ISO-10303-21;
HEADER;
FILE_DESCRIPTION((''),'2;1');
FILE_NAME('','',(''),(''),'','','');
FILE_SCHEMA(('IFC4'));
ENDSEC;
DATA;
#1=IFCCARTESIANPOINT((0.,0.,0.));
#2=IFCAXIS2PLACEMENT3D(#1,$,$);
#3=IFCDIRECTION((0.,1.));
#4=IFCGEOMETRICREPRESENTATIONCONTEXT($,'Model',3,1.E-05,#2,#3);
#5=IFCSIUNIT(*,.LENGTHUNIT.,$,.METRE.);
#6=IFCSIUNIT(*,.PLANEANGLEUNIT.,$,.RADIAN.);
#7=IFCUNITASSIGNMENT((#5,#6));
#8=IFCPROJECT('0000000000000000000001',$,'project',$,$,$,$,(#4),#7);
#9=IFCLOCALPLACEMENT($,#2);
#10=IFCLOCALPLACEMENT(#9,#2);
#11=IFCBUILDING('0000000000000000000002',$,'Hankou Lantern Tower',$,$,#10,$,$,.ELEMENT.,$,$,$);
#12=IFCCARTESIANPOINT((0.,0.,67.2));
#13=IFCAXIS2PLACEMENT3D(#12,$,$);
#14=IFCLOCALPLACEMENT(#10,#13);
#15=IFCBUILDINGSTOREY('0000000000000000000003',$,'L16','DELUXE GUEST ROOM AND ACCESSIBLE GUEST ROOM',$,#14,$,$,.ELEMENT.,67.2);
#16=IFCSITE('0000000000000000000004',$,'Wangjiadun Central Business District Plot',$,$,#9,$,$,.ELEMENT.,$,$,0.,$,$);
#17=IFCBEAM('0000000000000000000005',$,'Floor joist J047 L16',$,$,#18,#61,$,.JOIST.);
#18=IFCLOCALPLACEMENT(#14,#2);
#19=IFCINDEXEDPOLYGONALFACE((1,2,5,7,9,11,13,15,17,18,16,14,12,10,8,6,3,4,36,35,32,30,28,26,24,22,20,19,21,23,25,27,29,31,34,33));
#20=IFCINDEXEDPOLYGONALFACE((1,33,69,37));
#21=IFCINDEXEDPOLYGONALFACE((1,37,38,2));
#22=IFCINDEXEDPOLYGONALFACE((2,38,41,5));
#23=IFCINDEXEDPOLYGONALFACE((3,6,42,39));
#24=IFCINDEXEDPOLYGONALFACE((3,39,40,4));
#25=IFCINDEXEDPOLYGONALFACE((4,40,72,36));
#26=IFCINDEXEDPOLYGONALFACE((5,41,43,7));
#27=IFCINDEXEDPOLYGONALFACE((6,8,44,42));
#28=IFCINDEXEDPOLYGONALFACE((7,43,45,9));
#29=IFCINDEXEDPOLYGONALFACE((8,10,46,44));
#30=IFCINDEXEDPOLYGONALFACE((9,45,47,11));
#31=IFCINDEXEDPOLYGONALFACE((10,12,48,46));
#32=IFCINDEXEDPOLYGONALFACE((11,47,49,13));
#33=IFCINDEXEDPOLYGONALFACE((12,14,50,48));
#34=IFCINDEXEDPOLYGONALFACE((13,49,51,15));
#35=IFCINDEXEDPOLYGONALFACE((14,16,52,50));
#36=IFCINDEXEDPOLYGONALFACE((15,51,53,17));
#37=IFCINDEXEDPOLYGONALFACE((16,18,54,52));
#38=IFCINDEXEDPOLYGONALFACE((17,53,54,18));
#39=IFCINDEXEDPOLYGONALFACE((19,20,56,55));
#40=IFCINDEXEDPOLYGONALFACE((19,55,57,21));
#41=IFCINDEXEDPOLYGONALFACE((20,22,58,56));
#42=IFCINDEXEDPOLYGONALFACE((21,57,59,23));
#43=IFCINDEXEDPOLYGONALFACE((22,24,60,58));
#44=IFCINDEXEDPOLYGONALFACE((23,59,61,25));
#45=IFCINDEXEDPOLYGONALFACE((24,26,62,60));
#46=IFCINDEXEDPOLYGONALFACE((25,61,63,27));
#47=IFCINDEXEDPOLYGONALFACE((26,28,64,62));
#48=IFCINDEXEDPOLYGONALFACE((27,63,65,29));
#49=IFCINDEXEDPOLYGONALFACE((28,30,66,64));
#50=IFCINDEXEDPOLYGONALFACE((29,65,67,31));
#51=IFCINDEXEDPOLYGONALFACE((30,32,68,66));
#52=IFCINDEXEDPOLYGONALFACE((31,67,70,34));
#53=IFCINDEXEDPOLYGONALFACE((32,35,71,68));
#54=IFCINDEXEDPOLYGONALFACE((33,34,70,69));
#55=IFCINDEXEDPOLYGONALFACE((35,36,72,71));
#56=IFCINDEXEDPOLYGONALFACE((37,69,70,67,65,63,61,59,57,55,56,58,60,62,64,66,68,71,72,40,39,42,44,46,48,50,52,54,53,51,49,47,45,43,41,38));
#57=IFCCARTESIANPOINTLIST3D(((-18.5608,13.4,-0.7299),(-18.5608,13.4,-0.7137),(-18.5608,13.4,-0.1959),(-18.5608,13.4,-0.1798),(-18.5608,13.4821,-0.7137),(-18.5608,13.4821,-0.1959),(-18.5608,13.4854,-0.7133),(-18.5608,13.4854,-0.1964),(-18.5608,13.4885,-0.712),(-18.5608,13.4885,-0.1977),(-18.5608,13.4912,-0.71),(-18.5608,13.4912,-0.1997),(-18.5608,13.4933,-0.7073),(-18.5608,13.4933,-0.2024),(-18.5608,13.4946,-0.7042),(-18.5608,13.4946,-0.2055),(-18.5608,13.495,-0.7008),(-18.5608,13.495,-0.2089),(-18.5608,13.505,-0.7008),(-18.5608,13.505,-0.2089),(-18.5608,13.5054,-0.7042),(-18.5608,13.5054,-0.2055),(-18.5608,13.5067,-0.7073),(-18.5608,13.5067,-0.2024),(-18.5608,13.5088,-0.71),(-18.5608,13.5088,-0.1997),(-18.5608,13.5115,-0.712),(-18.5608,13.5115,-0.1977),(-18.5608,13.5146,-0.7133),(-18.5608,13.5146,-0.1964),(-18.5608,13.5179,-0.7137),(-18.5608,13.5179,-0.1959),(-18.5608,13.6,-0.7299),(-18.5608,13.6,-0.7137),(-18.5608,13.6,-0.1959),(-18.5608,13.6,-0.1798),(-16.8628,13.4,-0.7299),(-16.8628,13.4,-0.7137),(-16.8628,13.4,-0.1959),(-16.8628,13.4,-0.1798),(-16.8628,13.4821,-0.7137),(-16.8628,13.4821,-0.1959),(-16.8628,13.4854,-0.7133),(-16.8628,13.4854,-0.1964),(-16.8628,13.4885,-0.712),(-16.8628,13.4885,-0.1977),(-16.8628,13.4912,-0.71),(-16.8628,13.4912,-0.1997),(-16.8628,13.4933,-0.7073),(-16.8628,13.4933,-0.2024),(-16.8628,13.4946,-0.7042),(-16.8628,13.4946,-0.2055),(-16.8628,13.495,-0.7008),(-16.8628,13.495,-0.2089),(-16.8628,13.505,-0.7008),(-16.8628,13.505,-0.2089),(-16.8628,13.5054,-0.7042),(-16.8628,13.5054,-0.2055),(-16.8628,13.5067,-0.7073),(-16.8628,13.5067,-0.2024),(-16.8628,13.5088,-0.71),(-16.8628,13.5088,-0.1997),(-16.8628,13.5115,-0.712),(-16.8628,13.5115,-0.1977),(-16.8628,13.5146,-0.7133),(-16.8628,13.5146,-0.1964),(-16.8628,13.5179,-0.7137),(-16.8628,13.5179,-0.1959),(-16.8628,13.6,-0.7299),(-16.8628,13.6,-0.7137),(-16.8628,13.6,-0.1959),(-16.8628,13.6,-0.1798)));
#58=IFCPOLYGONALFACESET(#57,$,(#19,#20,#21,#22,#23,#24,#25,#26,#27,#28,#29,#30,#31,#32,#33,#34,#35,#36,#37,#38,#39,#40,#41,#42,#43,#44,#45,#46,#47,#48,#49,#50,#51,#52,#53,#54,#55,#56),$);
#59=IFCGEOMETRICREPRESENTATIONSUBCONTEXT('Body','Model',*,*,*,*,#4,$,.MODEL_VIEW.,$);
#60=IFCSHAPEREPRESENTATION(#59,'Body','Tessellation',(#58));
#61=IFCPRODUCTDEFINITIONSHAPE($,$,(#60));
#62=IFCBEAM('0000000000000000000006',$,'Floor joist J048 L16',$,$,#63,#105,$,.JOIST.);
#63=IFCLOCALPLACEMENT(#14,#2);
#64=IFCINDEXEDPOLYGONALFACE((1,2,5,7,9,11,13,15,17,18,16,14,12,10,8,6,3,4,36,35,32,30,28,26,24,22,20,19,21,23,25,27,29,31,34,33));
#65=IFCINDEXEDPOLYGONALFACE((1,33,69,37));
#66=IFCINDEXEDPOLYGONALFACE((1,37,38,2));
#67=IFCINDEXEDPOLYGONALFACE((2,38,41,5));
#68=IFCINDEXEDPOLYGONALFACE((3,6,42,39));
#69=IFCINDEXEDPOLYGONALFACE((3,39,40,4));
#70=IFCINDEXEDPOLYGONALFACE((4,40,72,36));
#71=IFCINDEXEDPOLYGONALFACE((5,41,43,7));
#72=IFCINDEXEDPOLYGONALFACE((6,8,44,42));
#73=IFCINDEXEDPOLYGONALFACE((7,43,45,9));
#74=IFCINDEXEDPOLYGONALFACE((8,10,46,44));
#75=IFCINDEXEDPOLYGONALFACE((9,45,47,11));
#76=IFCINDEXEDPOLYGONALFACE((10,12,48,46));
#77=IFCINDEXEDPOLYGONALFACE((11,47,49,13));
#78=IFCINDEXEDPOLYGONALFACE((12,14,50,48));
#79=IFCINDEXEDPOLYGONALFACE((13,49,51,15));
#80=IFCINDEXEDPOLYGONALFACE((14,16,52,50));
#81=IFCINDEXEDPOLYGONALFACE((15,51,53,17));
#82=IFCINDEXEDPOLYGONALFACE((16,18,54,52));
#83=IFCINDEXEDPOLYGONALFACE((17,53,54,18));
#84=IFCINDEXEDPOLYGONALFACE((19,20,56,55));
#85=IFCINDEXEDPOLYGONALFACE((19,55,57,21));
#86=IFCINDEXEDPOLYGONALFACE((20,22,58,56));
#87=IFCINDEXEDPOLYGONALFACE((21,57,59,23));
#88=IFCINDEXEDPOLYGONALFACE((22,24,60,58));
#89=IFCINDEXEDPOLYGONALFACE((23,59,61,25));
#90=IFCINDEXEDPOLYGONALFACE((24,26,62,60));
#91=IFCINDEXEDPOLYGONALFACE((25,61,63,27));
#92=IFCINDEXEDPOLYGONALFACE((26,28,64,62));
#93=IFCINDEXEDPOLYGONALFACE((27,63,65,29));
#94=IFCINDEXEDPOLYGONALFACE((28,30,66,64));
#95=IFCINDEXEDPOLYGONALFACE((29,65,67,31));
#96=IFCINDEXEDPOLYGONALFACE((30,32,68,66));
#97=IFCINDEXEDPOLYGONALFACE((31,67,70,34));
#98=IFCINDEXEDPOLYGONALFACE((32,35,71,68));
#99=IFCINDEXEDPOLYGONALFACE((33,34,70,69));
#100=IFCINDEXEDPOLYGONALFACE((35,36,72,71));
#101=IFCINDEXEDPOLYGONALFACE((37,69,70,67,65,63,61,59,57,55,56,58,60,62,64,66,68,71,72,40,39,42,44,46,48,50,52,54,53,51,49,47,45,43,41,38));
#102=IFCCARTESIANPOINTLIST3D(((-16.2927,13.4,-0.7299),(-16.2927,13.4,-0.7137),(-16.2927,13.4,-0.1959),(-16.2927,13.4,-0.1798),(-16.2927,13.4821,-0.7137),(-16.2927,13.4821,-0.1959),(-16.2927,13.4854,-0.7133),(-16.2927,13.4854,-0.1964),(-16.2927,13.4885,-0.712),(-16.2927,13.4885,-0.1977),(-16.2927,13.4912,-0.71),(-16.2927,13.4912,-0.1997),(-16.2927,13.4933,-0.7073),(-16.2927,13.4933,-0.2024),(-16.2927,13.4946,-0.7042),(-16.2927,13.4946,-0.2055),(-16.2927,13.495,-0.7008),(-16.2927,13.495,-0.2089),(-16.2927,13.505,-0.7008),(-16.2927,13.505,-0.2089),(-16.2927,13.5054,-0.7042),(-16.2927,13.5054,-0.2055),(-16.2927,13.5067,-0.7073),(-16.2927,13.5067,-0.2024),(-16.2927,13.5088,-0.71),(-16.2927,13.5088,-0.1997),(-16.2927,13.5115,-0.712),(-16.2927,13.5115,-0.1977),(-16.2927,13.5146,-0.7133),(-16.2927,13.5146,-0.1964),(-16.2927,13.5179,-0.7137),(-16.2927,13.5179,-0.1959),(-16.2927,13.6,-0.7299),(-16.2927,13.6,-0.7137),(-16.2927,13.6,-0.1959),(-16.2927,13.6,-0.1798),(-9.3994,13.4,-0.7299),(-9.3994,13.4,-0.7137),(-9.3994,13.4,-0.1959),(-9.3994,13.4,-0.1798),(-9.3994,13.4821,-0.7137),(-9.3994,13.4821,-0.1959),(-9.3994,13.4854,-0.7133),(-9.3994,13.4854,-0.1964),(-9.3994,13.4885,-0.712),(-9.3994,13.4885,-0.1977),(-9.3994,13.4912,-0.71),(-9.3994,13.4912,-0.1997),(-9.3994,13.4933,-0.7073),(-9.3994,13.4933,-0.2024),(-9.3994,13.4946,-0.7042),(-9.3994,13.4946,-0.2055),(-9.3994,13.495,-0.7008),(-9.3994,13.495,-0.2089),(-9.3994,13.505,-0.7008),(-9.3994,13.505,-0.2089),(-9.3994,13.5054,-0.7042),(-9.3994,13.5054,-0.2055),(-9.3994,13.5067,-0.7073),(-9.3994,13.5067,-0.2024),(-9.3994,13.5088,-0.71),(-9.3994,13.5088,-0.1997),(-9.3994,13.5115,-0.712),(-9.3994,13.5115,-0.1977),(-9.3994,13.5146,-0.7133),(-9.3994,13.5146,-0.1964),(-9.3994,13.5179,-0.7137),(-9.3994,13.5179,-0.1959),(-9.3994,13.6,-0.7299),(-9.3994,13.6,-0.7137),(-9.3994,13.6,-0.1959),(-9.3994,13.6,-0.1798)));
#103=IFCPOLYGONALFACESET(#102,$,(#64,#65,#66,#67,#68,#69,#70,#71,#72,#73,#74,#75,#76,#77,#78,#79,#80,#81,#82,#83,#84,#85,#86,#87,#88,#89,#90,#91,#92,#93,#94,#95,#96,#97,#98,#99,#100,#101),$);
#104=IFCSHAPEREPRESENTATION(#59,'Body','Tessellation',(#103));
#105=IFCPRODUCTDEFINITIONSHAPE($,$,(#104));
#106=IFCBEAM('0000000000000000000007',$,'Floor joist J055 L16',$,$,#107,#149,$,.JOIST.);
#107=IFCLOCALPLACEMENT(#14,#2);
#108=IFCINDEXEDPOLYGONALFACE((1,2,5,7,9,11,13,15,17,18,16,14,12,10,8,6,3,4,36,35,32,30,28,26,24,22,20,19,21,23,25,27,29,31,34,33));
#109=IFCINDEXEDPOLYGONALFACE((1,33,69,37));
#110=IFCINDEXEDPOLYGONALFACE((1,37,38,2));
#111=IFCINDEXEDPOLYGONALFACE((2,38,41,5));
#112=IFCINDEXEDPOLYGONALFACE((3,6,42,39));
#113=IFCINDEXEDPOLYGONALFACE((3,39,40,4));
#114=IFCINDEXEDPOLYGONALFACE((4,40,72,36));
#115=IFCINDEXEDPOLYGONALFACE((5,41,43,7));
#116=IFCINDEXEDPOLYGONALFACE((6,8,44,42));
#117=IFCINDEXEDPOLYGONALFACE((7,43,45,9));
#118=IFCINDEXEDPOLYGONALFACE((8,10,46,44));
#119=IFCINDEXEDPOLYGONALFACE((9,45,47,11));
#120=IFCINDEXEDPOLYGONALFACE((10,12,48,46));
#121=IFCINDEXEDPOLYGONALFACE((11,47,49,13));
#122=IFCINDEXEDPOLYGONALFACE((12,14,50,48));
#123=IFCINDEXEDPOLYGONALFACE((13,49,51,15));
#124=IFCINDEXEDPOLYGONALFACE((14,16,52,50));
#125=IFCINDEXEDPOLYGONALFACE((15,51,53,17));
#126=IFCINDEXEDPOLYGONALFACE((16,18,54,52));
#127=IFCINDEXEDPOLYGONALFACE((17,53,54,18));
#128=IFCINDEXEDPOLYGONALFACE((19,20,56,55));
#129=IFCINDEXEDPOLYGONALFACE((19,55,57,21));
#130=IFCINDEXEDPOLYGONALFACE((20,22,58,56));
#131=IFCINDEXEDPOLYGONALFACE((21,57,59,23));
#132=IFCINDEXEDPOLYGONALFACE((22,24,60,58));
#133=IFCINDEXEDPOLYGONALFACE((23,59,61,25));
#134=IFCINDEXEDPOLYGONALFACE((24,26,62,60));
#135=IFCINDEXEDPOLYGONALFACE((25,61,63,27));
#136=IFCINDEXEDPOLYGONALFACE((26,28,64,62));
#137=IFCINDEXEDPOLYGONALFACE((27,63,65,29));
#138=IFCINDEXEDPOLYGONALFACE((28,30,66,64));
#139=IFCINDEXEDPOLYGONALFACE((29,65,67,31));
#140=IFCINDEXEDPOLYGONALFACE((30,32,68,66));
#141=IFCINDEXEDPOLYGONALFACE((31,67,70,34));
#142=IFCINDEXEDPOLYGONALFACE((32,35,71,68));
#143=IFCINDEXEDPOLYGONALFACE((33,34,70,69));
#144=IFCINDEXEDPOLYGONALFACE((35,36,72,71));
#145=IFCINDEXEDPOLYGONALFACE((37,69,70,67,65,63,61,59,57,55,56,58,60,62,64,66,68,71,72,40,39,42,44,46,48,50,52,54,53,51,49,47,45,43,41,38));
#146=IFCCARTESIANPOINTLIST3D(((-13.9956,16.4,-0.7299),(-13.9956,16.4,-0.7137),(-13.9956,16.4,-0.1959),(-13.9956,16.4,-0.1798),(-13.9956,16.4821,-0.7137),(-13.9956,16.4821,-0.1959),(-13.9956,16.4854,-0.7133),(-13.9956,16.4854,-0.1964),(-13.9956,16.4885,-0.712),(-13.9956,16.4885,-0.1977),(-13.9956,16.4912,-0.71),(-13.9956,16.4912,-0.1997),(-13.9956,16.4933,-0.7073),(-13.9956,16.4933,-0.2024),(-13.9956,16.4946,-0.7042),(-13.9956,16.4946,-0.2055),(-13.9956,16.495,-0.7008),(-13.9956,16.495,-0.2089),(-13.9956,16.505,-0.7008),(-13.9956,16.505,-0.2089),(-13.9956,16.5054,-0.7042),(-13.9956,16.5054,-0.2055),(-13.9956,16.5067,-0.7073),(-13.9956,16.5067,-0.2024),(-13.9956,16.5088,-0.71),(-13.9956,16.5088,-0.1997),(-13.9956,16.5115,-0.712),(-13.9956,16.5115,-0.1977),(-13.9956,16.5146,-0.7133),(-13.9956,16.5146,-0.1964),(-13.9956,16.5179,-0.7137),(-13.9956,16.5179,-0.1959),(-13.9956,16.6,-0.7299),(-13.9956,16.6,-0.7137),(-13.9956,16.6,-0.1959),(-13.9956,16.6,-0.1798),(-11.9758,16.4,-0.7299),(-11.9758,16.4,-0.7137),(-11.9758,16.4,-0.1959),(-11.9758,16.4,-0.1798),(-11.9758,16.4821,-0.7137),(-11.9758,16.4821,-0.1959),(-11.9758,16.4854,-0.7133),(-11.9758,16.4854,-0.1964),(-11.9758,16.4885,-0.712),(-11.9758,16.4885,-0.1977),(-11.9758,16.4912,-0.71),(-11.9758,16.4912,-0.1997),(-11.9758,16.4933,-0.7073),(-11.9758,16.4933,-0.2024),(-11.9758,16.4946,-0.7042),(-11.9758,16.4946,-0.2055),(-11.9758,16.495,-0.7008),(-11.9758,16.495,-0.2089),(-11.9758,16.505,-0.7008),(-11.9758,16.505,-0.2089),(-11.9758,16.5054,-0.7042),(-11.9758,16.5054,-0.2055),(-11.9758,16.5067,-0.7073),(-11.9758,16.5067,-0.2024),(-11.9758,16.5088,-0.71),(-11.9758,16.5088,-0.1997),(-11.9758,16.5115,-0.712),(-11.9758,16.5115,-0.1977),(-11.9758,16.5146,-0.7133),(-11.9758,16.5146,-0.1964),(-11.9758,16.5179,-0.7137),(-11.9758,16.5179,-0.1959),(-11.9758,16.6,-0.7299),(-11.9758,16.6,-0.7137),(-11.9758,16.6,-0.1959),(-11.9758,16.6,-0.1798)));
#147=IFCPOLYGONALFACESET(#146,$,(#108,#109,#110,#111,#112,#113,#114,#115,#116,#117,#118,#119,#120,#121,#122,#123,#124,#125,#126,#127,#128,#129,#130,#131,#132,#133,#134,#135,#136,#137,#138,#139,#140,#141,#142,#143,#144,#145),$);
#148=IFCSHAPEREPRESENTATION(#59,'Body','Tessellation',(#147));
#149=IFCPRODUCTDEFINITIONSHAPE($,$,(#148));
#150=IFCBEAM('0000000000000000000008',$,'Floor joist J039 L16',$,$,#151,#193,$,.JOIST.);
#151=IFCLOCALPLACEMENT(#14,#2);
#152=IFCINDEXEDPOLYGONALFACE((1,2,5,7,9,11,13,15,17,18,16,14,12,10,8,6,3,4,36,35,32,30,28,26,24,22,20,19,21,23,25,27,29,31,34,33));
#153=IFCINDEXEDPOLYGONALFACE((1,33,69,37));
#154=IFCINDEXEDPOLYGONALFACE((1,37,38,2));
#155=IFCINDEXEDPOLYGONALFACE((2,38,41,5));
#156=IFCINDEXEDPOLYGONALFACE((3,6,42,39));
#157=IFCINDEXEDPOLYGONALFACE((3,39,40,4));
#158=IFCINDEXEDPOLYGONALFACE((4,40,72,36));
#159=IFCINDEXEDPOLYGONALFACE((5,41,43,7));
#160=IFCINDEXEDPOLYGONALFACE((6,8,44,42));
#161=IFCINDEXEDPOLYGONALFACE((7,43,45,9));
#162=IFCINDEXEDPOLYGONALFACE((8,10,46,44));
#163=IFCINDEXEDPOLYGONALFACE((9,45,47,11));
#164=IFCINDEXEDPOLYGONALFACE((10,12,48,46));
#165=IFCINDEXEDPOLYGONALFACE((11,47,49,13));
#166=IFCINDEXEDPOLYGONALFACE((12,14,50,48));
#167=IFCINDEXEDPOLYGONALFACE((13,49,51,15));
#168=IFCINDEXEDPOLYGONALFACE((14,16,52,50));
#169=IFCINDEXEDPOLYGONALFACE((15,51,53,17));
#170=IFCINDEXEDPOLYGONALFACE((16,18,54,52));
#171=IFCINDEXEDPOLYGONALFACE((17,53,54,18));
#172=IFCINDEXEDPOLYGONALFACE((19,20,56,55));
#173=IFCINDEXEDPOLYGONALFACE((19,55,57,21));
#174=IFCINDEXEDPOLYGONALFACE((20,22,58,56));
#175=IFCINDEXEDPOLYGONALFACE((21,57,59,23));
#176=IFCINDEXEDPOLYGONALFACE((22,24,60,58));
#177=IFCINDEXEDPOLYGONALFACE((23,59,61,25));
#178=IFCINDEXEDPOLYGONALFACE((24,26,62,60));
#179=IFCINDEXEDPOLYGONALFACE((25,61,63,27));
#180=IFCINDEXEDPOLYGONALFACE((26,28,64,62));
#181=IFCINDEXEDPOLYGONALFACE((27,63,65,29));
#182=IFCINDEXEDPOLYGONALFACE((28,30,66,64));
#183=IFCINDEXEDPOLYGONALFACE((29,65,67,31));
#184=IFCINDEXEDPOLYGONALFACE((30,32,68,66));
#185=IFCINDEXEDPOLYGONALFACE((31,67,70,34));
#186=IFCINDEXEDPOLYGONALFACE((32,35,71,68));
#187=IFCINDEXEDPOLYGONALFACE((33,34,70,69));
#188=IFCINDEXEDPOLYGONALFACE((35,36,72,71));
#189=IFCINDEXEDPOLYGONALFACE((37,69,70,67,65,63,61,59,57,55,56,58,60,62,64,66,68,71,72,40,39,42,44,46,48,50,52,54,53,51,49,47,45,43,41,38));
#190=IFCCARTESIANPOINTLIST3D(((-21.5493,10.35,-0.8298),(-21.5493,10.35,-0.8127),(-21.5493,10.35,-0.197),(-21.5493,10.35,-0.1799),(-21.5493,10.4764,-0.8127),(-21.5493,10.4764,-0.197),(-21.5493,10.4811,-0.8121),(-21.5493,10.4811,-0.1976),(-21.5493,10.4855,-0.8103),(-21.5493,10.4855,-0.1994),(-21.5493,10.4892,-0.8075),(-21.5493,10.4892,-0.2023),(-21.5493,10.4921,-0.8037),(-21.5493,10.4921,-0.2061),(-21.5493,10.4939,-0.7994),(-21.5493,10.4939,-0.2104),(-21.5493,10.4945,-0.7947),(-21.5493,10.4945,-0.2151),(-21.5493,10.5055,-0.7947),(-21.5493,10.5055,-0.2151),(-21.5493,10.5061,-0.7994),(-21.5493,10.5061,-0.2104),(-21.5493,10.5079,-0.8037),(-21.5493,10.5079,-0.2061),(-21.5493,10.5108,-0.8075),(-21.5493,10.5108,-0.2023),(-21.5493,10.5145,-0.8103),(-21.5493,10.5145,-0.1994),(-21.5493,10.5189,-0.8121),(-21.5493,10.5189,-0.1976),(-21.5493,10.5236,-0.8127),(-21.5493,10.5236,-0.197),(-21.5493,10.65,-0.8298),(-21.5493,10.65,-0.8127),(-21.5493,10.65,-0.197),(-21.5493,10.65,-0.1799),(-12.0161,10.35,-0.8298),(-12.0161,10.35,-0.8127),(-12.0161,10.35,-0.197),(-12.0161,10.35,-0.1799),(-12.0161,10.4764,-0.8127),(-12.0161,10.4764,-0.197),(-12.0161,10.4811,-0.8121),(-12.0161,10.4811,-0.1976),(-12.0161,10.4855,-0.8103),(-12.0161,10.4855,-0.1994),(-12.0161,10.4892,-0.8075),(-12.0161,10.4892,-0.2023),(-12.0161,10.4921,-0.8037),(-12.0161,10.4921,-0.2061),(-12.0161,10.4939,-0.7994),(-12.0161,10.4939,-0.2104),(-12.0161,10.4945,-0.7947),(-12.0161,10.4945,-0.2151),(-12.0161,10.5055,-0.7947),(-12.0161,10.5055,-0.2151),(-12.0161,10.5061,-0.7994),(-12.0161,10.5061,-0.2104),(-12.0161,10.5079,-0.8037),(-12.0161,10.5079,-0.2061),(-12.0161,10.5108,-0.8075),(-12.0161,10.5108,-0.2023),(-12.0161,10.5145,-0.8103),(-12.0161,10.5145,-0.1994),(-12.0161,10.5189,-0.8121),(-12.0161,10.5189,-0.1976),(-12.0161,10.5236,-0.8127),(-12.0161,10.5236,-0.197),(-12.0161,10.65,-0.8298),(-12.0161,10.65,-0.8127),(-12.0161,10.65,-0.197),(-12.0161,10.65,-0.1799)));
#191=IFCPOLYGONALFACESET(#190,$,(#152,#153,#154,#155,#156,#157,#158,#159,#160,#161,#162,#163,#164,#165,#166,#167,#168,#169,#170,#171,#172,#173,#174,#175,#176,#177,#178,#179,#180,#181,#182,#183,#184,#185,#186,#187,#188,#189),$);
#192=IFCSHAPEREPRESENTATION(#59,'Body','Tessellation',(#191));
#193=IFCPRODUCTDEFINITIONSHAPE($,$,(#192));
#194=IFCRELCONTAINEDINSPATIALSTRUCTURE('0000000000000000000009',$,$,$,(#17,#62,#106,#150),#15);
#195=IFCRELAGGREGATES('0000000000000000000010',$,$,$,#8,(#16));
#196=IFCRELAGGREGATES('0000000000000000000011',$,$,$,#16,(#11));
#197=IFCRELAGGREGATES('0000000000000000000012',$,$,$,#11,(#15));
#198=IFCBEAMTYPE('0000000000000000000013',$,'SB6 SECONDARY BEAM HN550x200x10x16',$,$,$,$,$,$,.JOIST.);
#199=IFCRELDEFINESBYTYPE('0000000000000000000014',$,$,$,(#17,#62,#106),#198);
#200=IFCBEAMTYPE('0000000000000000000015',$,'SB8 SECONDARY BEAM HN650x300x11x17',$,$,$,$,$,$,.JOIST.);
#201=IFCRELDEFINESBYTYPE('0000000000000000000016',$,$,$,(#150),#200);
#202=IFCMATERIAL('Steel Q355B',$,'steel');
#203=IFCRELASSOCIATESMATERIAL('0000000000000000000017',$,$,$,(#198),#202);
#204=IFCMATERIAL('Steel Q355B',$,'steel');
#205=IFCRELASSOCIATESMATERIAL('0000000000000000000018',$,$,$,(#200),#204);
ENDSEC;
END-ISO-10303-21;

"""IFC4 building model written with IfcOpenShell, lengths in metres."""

from ifc_helpers import new_model, si_unit, direction, frame, origin, origin_2d, place, context, subcontext, project, spatial, i_section, extrude, material, material_profile, profile_set, type_object, element, save


model = new_model("IFC4")

# Units and contexts
model_context = context("Model", 3, precision=1e-05, world=origin(), true_north=direction((0.0, 1.0)))
body_context = subcontext(model_context, "Body", "Model", "MODEL_VIEW")
ifc_project = project(units=[si_unit("LENGTHUNIT", "METRE"), si_unit("PLANEANGLEUNIT", "RADIAN")], contexts=[model_context])

# Site, building, storey
site_placement = place(None, origin())
site = spatial("IfcSite", under=ifc_project, at=site_placement, Name="Wangjiadun Central Business District Plot", CompositionType="ELEMENT", RefElevation=0.0)
building_placement = place(site_placement, origin())
building = spatial("IfcBuilding", under=site, at=building_placement, Name="Hankou Lantern Tower", CompositionType="ELEMENT")
storey_placement = place(building_placement, frame((0.0, 0.0, 67.2)))
storey = spatial("IfcBuildingStorey", under=building, at=storey_placement, Name="L16", Description="DELUXE GUEST ROOM AND ACCESSIBLE GUEST ROOM", CompositionType="ELEMENT", Elevation=67.2)

# Beams
ifc_material_1 = material(Name="Steel Q355B", Category="steel")
ifc_material_profile_1 = material_profile(ifc_material_1, i_section(OverallWidth=0.2, OverallDepth=0.55, WebThickness=0.01, FlangeThickness=0.0161, FilletRadius=0.0129, at=origin_2d()), Name="HN550x200x10x16")
ifc_profile_set_1 = profile_set([ifc_material_profile_1], Name="Steel Q355B")
beam_type_1 = type_object("IfcBeamType", Name="SB6 SECONDARY BEAM HN550x200x10x16", PredefinedType="JOIST", material=ifc_profile_set_1)
beam_1_placement = place(storey_placement, frame((-18.5608, 13.5, -0.4548), z_axis=(1.0, 0.0, 0.0), x_axis=(0.0, 1.0, 0.0)))
element("IfcBeam", 1, at=beam_1_placement, inside=storey, type_object=beam_type_1, Name="Floor joist J047 L16", PredefinedType="JOIST", context=body_context, shape_type="SweptSolid", body=[
    extrude(i_section(OverallWidth=0.2, OverallDepth=0.55, WebThickness=0.01, FlangeThickness=0.0161, FilletRadius=0.0129, at=origin_2d()), origin(), (0.0, 0.0, 1.0), 1.698),
])
beam_2_placement = place(storey_placement, frame((-16.2927, 13.5, -0.4548), z_axis=(1.0, 0.0, 0.0), x_axis=(0.0, 1.0, 0.0)))
element("IfcBeam", 2, at=beam_2_placement, inside=storey, type_object=beam_type_1, Name="Floor joist J048 L16", PredefinedType="JOIST", context=body_context, shape_type="SweptSolid", body=[
    extrude(i_section(OverallWidth=0.2, OverallDepth=0.55, WebThickness=0.01, FlangeThickness=0.0161, FilletRadius=0.0129, at=origin_2d()), origin(), (0.0, 0.0, 1.0), 6.8933),
])
beam_3_placement = place(storey_placement, frame((-13.9956, 16.5, -0.4548), z_axis=(1.0, 0.0, 0.0), x_axis=(0.0, 1.0, 0.0)))
element("IfcBeam", 3, at=beam_3_placement, inside=storey, type_object=beam_type_1, Name="Floor joist J055 L16", PredefinedType="JOIST", context=body_context, shape_type="SweptSolid", body=[
    extrude(i_section(OverallWidth=0.2, OverallDepth=0.55, WebThickness=0.01, FlangeThickness=0.0161, FilletRadius=0.0129, at=origin_2d()), origin(), (0.0, 0.0, 1.0), 2.0198),
])
ifc_material_2 = material(Name="Steel Q355B", Category="steel")
ifc_material_profile_2 = material_profile(ifc_material_2, i_section(OverallWidth=0.3, OverallDepth=0.6499, WebThickness=0.011, FlangeThickness=0.0171, FilletRadius=0.0181, at=origin_2d()), Name="HN650x300x11x17")
ifc_profile_set_2 = profile_set([ifc_material_profile_2], Name="Steel Q355B")
beam_type_2 = type_object("IfcBeamType", Name="SB8 SECONDARY BEAM HN650x300x11x17", PredefinedType="JOIST", material=ifc_profile_set_2)
beam_4_placement = place(storey_placement, frame((-21.5493, 10.5, -0.5049), z_axis=(1.0, 0.0, 0.0), x_axis=(0.0, 1.0, 0.0)))
element("IfcBeam", 4, at=beam_4_placement, inside=storey, type_object=beam_type_2, Name="Floor joist J039 L16", PredefinedType="JOIST", context=body_context, shape_type="SweptSolid", body=[
    extrude(i_section(OverallWidth=0.3, OverallDepth=0.6499, WebThickness=0.011, FlangeThickness=0.0171, FilletRadius=0.0181, at=origin_2d()), origin(), (0.0, 0.0, 1.0), 9.5332),
])

save(model, "model.ifc")
